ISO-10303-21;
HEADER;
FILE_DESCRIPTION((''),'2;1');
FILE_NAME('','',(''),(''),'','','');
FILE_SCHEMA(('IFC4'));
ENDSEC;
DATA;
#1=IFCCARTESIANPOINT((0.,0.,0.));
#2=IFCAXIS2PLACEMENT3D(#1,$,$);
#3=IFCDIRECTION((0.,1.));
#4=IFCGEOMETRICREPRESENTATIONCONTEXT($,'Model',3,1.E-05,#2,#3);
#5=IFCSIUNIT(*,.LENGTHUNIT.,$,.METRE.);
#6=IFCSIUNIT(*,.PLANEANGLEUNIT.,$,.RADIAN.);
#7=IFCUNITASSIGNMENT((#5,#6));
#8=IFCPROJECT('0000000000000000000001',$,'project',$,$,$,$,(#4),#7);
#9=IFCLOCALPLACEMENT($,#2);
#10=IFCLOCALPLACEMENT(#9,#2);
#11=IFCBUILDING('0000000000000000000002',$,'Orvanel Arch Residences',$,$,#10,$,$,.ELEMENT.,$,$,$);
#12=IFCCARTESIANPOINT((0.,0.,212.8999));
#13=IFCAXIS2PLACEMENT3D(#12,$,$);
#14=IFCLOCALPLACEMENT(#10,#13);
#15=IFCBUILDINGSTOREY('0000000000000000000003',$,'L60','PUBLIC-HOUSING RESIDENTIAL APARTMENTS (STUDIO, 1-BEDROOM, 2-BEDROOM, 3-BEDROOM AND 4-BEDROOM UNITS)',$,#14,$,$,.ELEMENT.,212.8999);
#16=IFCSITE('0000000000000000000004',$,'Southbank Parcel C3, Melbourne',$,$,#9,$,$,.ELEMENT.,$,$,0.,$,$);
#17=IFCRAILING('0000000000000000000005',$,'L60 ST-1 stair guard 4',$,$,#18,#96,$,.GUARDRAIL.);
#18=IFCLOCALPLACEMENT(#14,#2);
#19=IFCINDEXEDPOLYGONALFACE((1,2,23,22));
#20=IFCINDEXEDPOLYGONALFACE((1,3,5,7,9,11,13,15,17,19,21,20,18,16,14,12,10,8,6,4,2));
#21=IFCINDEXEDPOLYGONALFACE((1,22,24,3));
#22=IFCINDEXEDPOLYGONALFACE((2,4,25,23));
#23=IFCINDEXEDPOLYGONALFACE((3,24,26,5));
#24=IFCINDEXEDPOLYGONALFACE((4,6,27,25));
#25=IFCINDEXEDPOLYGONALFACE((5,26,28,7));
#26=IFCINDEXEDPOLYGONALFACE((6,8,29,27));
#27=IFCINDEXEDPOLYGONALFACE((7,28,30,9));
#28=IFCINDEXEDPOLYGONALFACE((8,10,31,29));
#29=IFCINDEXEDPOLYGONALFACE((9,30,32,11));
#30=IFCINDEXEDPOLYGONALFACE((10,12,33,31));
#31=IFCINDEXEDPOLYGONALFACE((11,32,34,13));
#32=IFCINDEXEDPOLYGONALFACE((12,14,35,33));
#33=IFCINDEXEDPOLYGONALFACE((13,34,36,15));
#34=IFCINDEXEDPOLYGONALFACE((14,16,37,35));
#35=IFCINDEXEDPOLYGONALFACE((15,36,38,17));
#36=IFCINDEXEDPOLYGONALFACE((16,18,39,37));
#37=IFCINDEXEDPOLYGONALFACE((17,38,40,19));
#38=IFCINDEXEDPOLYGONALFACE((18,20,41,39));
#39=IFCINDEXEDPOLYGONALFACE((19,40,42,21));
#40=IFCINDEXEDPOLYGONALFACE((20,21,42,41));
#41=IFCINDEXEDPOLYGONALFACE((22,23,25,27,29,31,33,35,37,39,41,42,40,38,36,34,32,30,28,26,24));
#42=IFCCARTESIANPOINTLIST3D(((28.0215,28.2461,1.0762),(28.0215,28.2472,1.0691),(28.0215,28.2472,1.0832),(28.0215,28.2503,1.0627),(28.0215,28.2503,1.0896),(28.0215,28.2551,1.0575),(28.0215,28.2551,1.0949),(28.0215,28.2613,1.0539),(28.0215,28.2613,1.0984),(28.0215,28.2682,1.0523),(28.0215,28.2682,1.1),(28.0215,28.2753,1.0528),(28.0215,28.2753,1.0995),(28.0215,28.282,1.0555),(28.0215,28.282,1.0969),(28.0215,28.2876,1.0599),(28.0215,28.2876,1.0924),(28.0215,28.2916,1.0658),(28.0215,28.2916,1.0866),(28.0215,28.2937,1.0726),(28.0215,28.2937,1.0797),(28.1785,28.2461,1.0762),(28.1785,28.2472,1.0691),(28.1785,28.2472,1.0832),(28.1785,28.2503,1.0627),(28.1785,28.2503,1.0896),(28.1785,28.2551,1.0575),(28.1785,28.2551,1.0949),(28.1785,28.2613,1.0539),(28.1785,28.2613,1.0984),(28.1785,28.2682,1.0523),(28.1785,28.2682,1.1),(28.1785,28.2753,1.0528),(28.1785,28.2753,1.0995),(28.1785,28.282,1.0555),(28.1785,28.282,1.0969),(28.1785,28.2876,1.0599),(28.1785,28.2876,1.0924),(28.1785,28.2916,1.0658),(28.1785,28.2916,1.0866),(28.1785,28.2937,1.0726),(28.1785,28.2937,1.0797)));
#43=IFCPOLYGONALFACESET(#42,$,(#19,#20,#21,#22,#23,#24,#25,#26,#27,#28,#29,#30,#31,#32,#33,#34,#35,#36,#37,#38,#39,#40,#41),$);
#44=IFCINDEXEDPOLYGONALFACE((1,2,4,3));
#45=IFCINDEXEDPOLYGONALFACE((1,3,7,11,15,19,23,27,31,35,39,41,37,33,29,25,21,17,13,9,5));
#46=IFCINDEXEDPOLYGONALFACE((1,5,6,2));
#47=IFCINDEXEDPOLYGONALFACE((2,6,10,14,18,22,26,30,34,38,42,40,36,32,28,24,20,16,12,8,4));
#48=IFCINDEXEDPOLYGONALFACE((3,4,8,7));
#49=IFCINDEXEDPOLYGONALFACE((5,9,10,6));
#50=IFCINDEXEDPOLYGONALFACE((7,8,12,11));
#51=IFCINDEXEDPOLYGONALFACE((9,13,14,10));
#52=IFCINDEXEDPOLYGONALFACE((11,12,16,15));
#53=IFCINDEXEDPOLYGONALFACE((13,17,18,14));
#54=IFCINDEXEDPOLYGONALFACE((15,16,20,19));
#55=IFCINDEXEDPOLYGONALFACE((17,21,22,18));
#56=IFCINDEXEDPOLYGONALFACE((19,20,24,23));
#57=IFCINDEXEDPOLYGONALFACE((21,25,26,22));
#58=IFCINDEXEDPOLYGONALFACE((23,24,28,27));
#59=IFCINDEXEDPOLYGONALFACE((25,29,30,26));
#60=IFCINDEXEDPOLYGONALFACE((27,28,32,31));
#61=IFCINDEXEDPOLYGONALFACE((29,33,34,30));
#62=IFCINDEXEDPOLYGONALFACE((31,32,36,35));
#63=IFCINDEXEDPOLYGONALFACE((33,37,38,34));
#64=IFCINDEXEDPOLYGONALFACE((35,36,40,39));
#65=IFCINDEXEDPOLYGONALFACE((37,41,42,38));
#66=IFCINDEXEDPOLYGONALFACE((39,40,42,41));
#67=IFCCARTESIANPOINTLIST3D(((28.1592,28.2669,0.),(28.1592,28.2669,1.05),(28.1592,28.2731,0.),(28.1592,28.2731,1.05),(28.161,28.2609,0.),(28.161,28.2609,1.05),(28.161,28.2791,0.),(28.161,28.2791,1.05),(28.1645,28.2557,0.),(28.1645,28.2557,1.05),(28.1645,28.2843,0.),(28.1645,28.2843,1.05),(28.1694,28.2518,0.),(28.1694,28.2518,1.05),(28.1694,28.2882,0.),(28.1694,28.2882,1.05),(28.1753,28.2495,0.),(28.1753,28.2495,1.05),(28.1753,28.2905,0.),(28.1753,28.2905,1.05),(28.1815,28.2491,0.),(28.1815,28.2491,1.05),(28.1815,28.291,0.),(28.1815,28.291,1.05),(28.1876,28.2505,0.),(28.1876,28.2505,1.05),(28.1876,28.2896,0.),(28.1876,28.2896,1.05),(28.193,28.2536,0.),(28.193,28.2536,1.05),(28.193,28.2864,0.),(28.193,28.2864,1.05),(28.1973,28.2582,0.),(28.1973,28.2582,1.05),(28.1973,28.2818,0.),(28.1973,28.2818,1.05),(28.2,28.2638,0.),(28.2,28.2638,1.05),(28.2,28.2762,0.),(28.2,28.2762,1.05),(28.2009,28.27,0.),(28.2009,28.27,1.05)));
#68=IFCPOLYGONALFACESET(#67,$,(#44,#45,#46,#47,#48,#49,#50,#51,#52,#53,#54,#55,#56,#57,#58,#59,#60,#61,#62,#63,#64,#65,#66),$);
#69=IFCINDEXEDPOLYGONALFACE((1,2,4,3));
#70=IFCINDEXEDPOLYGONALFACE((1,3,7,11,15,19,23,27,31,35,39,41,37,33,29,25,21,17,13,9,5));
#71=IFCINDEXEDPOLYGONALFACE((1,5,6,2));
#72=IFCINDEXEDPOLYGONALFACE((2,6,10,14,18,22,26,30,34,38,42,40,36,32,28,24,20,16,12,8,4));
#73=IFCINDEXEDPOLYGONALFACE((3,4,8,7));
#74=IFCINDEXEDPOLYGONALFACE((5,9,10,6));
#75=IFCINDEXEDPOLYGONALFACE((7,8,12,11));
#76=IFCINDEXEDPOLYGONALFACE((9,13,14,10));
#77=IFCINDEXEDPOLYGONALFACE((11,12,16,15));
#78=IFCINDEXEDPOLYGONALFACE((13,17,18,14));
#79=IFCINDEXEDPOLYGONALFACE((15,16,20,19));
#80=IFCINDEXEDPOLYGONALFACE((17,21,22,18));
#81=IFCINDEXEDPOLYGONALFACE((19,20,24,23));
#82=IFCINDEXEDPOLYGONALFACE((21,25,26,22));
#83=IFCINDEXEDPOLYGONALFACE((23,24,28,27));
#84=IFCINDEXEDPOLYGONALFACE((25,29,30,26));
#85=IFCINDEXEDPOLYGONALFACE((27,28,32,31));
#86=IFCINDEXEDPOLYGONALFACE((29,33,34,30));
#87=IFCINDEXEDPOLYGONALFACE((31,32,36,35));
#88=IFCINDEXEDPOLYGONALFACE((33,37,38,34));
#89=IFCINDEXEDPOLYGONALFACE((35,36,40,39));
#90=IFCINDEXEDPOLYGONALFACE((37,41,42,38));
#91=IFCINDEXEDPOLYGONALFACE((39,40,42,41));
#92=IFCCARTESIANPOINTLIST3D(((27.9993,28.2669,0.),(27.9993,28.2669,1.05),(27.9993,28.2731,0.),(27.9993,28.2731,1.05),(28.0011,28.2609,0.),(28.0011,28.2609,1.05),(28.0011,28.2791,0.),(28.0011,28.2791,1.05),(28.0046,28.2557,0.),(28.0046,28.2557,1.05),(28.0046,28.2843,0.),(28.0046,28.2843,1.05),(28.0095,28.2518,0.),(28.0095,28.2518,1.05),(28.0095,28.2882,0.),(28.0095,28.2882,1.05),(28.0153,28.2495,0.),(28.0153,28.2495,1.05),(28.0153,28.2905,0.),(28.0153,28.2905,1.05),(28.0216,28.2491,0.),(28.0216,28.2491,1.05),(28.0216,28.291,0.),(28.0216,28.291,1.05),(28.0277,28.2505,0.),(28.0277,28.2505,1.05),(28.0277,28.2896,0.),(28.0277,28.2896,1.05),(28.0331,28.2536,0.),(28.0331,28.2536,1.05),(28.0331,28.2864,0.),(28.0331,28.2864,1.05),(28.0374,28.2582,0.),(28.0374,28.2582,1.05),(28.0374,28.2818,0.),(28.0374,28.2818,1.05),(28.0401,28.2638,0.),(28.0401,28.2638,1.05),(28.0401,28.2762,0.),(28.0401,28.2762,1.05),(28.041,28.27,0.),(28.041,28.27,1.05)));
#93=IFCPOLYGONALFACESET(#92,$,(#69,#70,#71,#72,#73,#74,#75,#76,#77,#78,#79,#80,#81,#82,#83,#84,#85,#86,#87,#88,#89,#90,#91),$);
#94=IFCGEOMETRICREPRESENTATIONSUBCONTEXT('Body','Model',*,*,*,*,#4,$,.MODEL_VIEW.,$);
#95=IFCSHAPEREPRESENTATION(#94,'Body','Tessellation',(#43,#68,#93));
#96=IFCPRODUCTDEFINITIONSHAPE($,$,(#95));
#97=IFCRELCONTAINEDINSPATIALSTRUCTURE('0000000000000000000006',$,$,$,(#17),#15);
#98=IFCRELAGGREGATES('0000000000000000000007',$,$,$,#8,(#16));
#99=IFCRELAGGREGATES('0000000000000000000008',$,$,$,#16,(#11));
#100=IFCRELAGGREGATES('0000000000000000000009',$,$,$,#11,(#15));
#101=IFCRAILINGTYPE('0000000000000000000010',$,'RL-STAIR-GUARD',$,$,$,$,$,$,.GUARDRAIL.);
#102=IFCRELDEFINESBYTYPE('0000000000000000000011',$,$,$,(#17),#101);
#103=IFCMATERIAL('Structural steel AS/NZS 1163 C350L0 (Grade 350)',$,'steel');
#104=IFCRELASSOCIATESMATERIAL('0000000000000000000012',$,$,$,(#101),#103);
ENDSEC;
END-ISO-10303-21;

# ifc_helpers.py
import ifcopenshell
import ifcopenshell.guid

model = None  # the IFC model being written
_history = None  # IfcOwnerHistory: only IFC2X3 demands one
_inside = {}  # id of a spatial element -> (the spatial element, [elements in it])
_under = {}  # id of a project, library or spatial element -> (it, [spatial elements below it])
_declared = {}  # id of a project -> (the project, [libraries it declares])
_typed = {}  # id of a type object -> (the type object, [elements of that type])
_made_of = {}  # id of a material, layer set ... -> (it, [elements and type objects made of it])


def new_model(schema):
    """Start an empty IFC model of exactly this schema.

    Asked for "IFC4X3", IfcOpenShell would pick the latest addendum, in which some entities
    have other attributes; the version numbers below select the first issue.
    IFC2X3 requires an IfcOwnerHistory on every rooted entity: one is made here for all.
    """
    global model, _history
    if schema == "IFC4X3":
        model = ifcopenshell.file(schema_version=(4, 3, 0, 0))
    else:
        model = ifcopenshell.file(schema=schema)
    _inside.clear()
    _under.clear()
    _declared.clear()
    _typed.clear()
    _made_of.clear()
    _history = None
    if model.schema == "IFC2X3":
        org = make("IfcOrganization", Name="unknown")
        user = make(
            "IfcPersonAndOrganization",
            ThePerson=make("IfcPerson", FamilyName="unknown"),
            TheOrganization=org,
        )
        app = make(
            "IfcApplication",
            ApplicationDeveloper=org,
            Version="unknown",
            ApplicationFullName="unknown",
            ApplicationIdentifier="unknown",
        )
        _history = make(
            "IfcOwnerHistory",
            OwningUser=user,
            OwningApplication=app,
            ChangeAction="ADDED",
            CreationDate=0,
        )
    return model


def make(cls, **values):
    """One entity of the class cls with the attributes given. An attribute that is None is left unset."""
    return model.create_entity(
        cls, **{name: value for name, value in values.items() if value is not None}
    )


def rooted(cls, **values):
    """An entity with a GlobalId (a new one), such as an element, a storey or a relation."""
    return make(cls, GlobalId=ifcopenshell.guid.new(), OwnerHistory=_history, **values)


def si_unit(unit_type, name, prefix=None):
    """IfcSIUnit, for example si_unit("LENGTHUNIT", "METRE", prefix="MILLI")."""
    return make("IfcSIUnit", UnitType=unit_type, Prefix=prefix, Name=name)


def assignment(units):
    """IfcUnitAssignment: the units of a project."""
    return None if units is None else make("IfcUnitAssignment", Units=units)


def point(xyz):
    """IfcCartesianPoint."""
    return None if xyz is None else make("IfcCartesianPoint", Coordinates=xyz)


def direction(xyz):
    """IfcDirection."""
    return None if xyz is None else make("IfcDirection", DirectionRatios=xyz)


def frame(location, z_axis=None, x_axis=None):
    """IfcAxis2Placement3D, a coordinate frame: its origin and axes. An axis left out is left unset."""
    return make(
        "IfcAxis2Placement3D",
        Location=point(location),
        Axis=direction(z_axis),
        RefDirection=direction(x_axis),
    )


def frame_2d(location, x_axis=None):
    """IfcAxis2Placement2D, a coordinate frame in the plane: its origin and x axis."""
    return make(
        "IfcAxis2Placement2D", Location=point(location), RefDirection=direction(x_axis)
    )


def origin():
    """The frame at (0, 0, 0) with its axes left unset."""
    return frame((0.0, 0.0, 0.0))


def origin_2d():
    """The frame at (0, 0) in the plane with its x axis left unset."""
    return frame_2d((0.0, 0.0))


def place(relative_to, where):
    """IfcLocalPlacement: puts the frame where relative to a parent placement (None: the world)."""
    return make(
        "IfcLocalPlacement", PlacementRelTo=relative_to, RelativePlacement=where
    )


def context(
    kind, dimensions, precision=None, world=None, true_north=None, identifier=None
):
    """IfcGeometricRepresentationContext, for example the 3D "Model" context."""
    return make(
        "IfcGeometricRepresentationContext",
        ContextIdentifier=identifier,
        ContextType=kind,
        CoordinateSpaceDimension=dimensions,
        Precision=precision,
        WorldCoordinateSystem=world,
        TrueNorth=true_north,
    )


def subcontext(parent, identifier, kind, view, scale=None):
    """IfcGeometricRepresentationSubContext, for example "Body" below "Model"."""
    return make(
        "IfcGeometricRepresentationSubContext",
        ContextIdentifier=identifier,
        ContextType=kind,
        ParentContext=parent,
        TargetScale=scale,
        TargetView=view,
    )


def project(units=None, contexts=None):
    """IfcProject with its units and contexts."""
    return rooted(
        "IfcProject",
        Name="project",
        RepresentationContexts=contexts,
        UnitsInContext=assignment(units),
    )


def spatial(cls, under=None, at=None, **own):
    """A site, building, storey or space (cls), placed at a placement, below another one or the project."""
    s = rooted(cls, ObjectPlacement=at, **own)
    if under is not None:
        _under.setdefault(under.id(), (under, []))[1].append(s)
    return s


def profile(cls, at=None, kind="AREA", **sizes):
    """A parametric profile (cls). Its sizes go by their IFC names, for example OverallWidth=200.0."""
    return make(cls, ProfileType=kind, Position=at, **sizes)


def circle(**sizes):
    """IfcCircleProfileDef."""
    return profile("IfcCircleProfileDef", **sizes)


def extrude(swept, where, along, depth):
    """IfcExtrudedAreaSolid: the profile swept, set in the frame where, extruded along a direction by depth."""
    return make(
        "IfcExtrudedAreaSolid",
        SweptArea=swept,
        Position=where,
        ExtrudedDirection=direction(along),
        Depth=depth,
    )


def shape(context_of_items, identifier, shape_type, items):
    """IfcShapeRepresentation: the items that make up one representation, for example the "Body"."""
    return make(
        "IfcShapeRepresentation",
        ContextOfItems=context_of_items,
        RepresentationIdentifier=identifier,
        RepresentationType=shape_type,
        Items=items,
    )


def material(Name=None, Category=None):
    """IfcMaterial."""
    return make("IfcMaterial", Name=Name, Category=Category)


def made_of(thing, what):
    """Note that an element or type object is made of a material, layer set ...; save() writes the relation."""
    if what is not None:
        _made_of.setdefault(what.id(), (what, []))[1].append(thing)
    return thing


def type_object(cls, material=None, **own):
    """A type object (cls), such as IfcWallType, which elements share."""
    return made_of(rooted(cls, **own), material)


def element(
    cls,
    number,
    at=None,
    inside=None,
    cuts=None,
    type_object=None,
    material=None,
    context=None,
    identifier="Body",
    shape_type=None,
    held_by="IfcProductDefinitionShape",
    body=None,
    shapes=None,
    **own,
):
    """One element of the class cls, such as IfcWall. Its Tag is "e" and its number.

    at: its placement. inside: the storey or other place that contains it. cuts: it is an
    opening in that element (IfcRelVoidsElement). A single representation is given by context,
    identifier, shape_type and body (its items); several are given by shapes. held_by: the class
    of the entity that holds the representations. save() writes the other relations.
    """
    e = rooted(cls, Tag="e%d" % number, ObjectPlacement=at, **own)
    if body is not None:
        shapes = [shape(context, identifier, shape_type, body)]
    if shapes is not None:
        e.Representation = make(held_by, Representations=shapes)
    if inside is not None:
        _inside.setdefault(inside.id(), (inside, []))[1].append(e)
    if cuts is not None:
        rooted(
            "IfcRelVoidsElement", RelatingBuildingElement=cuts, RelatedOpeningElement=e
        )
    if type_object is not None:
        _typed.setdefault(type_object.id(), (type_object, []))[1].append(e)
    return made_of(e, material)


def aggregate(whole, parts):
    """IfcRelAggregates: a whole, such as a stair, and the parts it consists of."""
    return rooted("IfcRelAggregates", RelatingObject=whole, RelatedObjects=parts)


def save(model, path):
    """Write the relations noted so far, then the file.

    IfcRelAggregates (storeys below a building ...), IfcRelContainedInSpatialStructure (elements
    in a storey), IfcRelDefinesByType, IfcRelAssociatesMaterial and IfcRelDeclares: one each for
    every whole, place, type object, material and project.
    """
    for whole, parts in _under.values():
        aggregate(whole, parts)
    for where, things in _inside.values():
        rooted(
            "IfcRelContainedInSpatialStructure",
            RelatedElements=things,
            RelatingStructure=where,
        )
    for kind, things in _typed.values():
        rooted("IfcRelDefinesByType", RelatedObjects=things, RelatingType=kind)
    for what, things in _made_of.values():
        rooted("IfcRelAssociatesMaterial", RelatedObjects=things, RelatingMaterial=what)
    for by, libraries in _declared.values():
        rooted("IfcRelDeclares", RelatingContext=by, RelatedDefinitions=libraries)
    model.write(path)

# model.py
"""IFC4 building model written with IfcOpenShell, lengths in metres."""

from ifc_helpers import new_model, si_unit, direction, frame, origin, origin_2d, place, context, subcontext, project, spatial, circle, extrude, material, type_object, element, save


model = new_model("IFC4")

# Units and contexts
model_context = context("Model", 3, precision=1e-05, world=origin(), true_north=direction((0.0, 1.0)))
body_context = subcontext(model_context, "Body", "Model", "MODEL_VIEW")
ifc_project = project(units=[si_unit("LENGTHUNIT", "METRE"), si_unit("PLANEANGLEUNIT", "RADIAN")], contexts=[model_context])

# Site, building, storey
site_placement = place(None, origin())
site = spatial("IfcSite", under=ifc_project, at=site_placement, Name="Southbank Parcel C3, Melbourne", CompositionType="ELEMENT", RefElevation=0.0)
building_placement = place(site_placement, origin())
building = spatial("IfcBuilding", under=site, at=building_placement, Name="Orvanel Arch Residences", CompositionType="ELEMENT")
storey_placement = place(building_placement, frame((0.0, 0.0, 212.8999)))
storey = spatial("IfcBuildingStorey", under=building, at=storey_placement, Name="L60", Description="PUBLIC-HOUSING RESIDENTIAL APARTMENTS (STUDIO, 1-BEDROOM, 2-BEDROOM, 3-BEDROOM AND 4-BEDROOM UNITS)", CompositionType="ELEMENT", Elevation=212.8999)

# Railing
ifc_material_1 = material(Name="Structural steel AS/NZS 1163 C350L0 (Grade 350)", Category="steel")
railing_type_1 = type_object("IfcRailingType", Name="RL-STAIR-GUARD", PredefinedType="GUARDRAIL", material=ifc_material_1)
railing_1_placement = place(storey_placement, frame((28.1799, 28.27, 0.0)))
element("IfcRailing", 1, at=railing_1_placement, inside=storey, type_object=railing_type_1, Name="L60 ST-1 stair guard 4", PredefinedType="GUARDRAIL", context=body_context, shape_type="SweptSolid", body=[
    extrude(circle(Radius=0.0239, at=origin_2d()), frame((-0.0015, 0.0, 1.0762), z_axis=(-1.0, 0.0, 0.0), x_axis=(0.0, -1.0, 0.0)), (0.0, 0.0, 1.0), 0.157),
    extrude(circle(Radius=0.021, at=origin_2d()), origin(), (0.0, 0.0, 1.0), 1.05),
    extrude(circle(Radius=0.021, at=origin_2d()), frame((-0.1599, 0.0, 0.0)), (0.0, 0.0, 1.0), 1.05),
])

save(model, "model.ifc")
